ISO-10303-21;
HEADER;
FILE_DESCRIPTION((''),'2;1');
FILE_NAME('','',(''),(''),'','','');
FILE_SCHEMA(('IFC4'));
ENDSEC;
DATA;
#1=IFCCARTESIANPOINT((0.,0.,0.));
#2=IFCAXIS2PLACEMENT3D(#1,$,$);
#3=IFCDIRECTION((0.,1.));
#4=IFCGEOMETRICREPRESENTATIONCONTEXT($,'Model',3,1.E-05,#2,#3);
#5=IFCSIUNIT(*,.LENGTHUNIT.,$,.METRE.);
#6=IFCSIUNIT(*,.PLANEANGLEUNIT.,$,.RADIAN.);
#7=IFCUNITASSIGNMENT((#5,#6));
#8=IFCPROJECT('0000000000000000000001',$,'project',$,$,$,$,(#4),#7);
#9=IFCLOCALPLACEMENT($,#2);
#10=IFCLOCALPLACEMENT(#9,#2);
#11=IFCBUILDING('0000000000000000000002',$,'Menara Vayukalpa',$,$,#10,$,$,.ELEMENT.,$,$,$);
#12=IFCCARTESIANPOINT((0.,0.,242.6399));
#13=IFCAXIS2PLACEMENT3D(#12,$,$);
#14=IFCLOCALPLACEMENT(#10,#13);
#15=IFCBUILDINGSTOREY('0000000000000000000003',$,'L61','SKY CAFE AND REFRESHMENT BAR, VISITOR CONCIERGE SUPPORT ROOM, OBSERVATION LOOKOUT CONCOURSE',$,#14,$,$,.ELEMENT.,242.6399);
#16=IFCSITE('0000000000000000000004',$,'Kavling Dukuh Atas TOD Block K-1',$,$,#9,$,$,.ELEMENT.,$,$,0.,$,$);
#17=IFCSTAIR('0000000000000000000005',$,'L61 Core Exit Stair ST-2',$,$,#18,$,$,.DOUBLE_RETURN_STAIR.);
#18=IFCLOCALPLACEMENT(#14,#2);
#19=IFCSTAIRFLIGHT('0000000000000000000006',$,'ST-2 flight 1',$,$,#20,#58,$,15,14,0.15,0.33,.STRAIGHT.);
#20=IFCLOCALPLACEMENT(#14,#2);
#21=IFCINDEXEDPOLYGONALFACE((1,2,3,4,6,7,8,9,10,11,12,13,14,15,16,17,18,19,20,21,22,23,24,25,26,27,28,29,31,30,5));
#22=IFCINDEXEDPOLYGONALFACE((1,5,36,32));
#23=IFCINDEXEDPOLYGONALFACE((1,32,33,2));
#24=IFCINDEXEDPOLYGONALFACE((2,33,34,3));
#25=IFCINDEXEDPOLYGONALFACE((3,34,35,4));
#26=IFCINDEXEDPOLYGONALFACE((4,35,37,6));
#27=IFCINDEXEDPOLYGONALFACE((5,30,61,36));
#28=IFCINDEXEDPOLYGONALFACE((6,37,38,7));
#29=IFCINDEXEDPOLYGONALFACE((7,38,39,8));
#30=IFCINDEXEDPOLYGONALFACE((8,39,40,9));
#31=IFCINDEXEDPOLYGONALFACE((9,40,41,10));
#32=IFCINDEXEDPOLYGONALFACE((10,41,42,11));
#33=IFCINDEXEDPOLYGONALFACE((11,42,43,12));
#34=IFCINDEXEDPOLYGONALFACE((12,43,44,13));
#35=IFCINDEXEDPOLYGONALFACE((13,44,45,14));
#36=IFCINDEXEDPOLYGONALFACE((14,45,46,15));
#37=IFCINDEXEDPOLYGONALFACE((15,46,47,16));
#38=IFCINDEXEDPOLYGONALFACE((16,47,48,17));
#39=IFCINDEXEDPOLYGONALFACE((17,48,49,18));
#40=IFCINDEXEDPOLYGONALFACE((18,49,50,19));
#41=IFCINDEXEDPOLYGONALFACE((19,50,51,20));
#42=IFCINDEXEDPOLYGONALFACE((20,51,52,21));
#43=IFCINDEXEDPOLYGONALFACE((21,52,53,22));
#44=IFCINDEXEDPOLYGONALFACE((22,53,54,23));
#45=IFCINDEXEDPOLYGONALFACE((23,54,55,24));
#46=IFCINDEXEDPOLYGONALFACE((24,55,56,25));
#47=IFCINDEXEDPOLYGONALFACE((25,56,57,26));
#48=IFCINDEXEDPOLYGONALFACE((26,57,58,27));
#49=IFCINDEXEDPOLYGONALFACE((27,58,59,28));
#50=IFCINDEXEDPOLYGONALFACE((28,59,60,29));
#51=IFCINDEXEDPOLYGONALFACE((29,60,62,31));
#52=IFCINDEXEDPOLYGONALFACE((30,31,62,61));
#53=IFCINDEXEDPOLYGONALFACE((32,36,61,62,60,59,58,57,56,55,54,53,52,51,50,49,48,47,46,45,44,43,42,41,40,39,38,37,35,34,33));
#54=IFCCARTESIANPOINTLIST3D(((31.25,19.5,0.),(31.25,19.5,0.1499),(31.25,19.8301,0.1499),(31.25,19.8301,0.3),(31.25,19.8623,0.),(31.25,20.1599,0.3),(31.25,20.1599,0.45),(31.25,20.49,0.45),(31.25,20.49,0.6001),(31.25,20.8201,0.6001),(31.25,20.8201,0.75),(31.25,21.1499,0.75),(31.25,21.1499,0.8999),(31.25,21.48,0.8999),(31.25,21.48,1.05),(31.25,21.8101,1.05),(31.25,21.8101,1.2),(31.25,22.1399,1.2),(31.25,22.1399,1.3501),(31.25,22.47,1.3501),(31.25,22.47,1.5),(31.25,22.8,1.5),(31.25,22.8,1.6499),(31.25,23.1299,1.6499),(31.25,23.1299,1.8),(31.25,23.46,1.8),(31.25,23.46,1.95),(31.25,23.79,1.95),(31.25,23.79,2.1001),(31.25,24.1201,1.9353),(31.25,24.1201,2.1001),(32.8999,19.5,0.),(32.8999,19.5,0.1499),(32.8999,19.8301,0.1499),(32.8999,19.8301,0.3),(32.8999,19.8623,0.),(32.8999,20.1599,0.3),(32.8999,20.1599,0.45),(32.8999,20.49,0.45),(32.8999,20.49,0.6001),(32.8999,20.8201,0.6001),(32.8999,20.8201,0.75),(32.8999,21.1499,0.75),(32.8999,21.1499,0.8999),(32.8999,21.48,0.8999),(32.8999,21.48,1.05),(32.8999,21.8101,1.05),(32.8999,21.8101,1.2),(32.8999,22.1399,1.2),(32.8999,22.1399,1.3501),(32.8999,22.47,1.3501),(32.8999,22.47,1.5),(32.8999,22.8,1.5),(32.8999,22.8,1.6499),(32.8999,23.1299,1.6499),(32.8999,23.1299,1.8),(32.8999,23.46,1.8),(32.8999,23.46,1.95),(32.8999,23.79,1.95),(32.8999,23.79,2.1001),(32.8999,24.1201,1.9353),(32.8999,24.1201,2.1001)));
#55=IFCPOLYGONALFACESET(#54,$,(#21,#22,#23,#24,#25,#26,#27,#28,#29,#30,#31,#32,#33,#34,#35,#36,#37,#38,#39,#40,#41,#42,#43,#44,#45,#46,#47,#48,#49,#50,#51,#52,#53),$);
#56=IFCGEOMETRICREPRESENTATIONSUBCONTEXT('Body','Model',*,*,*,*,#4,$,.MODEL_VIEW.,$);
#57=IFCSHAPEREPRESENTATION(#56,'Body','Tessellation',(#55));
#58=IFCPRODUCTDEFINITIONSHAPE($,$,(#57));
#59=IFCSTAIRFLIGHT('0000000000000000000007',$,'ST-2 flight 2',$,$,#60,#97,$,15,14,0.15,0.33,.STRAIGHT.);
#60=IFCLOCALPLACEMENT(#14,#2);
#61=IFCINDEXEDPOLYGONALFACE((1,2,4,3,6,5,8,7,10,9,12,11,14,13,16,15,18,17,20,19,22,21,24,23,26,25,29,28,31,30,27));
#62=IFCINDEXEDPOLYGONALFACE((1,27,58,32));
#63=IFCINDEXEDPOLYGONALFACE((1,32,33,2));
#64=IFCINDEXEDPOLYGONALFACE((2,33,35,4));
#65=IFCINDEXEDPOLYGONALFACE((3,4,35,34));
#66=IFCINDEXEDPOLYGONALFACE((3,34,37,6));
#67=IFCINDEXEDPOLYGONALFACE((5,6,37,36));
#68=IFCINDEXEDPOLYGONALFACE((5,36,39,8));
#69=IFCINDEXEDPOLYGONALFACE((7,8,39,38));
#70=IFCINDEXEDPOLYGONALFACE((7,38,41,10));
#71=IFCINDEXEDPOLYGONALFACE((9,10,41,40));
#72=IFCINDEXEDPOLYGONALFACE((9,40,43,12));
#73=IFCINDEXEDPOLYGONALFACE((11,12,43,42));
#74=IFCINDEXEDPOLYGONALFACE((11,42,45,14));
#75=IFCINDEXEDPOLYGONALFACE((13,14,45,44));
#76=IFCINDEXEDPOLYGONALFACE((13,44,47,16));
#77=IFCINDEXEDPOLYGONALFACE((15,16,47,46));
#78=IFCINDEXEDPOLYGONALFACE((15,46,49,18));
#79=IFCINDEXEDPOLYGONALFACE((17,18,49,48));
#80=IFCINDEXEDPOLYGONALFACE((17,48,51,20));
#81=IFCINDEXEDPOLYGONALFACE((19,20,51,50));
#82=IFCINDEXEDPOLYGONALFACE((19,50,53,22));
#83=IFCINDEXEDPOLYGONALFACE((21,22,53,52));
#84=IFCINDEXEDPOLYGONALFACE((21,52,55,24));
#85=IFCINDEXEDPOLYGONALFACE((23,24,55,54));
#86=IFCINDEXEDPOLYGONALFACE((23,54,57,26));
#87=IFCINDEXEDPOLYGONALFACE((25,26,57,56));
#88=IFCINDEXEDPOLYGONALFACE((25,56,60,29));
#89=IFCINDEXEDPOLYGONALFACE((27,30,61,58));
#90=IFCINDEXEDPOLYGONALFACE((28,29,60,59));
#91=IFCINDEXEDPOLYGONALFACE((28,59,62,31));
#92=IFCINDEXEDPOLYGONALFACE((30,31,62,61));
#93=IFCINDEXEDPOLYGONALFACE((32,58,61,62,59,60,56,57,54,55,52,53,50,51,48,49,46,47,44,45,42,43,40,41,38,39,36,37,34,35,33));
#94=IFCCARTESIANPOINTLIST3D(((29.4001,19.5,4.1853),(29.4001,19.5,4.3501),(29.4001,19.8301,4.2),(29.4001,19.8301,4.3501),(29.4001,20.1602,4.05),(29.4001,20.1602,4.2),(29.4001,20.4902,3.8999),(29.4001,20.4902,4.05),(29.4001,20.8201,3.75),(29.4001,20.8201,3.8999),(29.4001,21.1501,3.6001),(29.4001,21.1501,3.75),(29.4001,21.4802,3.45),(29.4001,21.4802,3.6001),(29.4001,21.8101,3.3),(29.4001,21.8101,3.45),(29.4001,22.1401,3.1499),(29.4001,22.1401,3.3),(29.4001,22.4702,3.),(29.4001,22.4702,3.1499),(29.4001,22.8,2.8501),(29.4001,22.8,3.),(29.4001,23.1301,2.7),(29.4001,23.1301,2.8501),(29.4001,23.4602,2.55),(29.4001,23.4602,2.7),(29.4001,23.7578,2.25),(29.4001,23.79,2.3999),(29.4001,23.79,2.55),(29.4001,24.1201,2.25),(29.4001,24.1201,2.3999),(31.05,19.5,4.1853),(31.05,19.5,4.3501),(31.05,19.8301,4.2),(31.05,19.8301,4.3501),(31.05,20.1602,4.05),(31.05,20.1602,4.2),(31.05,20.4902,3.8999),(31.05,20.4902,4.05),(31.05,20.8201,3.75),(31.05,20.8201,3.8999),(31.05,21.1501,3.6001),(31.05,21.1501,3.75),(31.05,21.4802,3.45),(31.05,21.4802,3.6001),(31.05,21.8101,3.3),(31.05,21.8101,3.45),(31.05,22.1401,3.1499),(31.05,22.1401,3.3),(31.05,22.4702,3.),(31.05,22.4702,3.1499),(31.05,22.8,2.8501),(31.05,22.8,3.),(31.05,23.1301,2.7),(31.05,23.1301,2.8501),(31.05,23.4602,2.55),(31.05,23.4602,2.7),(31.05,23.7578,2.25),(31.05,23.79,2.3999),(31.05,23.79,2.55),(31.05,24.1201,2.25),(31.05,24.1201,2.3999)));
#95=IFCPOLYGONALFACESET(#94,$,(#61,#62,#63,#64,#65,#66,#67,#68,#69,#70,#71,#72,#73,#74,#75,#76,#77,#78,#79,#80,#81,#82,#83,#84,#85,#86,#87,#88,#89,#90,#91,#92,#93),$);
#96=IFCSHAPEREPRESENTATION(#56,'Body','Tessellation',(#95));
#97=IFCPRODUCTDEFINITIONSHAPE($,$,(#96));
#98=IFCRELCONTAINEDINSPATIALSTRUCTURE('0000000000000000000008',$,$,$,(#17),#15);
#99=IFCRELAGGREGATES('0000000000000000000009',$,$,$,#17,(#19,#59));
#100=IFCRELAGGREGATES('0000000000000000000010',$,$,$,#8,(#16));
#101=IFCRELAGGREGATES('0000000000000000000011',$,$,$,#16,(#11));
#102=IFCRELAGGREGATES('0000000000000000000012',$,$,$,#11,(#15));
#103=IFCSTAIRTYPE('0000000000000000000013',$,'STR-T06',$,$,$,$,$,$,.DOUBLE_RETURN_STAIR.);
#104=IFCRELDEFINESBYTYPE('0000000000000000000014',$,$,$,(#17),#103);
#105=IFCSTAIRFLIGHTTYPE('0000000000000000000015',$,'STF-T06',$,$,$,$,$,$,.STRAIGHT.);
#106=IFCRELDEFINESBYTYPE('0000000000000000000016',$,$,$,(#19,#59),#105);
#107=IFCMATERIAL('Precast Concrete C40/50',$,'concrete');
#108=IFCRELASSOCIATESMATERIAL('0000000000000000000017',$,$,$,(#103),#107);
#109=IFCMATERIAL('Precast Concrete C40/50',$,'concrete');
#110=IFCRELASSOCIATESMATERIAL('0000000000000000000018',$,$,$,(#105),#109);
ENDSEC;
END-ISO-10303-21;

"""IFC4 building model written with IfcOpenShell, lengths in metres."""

from ifc_helpers import new_model, si_unit, direction, frame, origin, place, context, subcontext, project, spatial, polyline, outline, extrude, material, type_object, element, aggregate, save


model = new_model("IFC4")

# Units and contexts
model_context = context("Model", 3, precision=1e-05, world=origin(), true_north=direction((0.0, 1.0)))
body_context = subcontext(model_context, "Body", "Model", "MODEL_VIEW")
ifc_project = project(units=[si_unit("LENGTHUNIT", "METRE"), si_unit("PLANEANGLEUNIT", "RADIAN")], contexts=[model_context])

# Site, building, storey
site_placement = place(None, origin())
site = spatial("IfcSite", under=ifc_project, at=site_placement, Name="Kavling Dukuh Atas TOD Block K-1", CompositionType="ELEMENT", RefElevation=0.0)
building_placement = place(site_placement, origin())
building = spatial("IfcBuilding", under=site, at=building_placement, Name="Menara Vayukalpa", CompositionType="ELEMENT")
storey_placement = place(building_placement, frame((0.0, 0.0, 242.6399)))
storey = spatial("IfcBuildingStorey", under=building, at=storey_placement, Name="L61", Description="SKY CAFE AND REFRESHMENT BAR, VISITOR CONCIERGE SUPPORT ROOM, OBSERVATION LOOKOUT CONCOURSE", CompositionType="ELEMENT", Elevation=242.6399)

# Stair, stair flights
ifc_material_1 = material(Name="Precast Concrete C40/50", Category="concrete")
stair_type = type_object("IfcStairType", Name="STR-T06", PredefinedType="DOUBLE_RETURN_STAIR", material=ifc_material_1)
stair_placement = place(storey_placement, origin())
stair = element("IfcStair", 1, at=stair_placement, inside=storey, type_object=stair_type, Name="L61 Core Exit Stair ST-2", PredefinedType="DOUBLE_RETURN_STAIR")
ifc_material_2 = material(Name="Precast Concrete C40/50", Category="concrete")
stair_flight_type = type_object("IfcStairFlightType", Name="STF-T06", PredefinedType="STRAIGHT", material=ifc_material_2)
stair_flight_1_placement = place(storey_placement, frame((32.075, 19.5, 0.0), z_axis=(0.0, 0.0, 1.0), x_axis=(0.0, 1.0, 0.0)))
stair_flight_1 = element("IfcStairFlight", 2, at=stair_flight_1_placement, type_object=stair_flight_type, Name="ST-2 flight 1", NumberOfRisers=15, NumberOfTreads=14, PredefinedType="STRAIGHT", RiserHeight=0.15, TreadLength=0.33, context=body_context, shape_type="SweptSolid", body=[
    extrude(outline(polyline([(0.0, 0.0), (0.0, 0.1499), (0.3301, 0.1499), (0.3301, 0.3), (0.6599, 0.3), (0.6599, 0.45), (0.99, 0.45), (0.99, 0.6001), (1.3201, 0.6001), (1.3201, 0.75), (1.6499, 0.75), (1.6499, 0.8999), (1.98, 0.8999), (1.98, 1.05), (2.3101, 1.05), (2.3101, 1.2), (2.6399, 1.2), (2.6399, 1.3501), (2.97, 1.3501), (2.97, 1.5), (3.3, 1.5), (3.3, 1.6499), (3.6299, 1.6499), (3.6299, 1.8), (3.96, 1.8), (3.96, 1.95), (4.29, 1.95), (4.29, 2.1001), (4.6201, 2.1001), (4.6201, 2.25), (4.6201, 1.9353), (0.3623, 0.0), (0.0, 0.0)])), frame((0.0, 0.825, 0.0), z_axis=(0.0, -1.0, 0.0), x_axis=(1.0, 0.0, 0.0)), (0.0, 0.0, 1.0), 1.6499),
])
stair_flight_2_placement = place(storey_placement, frame((30.2251, 24.1201, 2.25), z_axis=(0.0, 0.0, 1.0), x_axis=(0.0, -1.0, 0.0)))
stair_flight_2 = element("IfcStairFlight", 3, at=stair_flight_2_placement, type_object=stair_flight_type, Name="ST-2 flight 2", NumberOfRisers=15, NumberOfTreads=14, PredefinedType="STRAIGHT", RiserHeight=0.15, TreadLength=0.33, context=body_context, shape_type="SweptSolid", body=[
    extrude(outline(polyline([(0.0, 0.0), (0.0, 0.1499), (0.3301, 0.1499), (0.3301, 0.3), (0.6599, 0.3), (0.6599, 0.45), (0.99, 0.45), (0.99, 0.6001), (1.3201, 0.6001), (1.3201, 0.75), (1.6499, 0.75), (1.6499, 0.8999), (1.98, 0.8999), (1.98, 1.05), (2.3101, 1.05), (2.3101, 1.2), (2.6399, 1.2), (2.6399, 1.3501), (2.97, 1.3501), (2.97, 1.5), (3.3, 1.5), (3.3, 1.6499), (3.6299, 1.6499), (3.6299, 1.8), (3.96, 1.8), (3.96, 1.95), (4.29, 1.95), (4.29, 2.1001), (4.6201, 2.1001), (4.6201, 2.25), (4.6201, 1.9353), (0.3623, 0.0), (0.0, 0.0)])), frame((0.0, 0.825, 0.0), z_axis=(0.0, -1.0, 0.0), x_axis=(1.0, 0.0, 0.0)), (0.0, 0.0, 1.0), 1.6499),
])
aggregate(stair, [stair_flight_1, stair_flight_2])

save(model, "model.ifc")
